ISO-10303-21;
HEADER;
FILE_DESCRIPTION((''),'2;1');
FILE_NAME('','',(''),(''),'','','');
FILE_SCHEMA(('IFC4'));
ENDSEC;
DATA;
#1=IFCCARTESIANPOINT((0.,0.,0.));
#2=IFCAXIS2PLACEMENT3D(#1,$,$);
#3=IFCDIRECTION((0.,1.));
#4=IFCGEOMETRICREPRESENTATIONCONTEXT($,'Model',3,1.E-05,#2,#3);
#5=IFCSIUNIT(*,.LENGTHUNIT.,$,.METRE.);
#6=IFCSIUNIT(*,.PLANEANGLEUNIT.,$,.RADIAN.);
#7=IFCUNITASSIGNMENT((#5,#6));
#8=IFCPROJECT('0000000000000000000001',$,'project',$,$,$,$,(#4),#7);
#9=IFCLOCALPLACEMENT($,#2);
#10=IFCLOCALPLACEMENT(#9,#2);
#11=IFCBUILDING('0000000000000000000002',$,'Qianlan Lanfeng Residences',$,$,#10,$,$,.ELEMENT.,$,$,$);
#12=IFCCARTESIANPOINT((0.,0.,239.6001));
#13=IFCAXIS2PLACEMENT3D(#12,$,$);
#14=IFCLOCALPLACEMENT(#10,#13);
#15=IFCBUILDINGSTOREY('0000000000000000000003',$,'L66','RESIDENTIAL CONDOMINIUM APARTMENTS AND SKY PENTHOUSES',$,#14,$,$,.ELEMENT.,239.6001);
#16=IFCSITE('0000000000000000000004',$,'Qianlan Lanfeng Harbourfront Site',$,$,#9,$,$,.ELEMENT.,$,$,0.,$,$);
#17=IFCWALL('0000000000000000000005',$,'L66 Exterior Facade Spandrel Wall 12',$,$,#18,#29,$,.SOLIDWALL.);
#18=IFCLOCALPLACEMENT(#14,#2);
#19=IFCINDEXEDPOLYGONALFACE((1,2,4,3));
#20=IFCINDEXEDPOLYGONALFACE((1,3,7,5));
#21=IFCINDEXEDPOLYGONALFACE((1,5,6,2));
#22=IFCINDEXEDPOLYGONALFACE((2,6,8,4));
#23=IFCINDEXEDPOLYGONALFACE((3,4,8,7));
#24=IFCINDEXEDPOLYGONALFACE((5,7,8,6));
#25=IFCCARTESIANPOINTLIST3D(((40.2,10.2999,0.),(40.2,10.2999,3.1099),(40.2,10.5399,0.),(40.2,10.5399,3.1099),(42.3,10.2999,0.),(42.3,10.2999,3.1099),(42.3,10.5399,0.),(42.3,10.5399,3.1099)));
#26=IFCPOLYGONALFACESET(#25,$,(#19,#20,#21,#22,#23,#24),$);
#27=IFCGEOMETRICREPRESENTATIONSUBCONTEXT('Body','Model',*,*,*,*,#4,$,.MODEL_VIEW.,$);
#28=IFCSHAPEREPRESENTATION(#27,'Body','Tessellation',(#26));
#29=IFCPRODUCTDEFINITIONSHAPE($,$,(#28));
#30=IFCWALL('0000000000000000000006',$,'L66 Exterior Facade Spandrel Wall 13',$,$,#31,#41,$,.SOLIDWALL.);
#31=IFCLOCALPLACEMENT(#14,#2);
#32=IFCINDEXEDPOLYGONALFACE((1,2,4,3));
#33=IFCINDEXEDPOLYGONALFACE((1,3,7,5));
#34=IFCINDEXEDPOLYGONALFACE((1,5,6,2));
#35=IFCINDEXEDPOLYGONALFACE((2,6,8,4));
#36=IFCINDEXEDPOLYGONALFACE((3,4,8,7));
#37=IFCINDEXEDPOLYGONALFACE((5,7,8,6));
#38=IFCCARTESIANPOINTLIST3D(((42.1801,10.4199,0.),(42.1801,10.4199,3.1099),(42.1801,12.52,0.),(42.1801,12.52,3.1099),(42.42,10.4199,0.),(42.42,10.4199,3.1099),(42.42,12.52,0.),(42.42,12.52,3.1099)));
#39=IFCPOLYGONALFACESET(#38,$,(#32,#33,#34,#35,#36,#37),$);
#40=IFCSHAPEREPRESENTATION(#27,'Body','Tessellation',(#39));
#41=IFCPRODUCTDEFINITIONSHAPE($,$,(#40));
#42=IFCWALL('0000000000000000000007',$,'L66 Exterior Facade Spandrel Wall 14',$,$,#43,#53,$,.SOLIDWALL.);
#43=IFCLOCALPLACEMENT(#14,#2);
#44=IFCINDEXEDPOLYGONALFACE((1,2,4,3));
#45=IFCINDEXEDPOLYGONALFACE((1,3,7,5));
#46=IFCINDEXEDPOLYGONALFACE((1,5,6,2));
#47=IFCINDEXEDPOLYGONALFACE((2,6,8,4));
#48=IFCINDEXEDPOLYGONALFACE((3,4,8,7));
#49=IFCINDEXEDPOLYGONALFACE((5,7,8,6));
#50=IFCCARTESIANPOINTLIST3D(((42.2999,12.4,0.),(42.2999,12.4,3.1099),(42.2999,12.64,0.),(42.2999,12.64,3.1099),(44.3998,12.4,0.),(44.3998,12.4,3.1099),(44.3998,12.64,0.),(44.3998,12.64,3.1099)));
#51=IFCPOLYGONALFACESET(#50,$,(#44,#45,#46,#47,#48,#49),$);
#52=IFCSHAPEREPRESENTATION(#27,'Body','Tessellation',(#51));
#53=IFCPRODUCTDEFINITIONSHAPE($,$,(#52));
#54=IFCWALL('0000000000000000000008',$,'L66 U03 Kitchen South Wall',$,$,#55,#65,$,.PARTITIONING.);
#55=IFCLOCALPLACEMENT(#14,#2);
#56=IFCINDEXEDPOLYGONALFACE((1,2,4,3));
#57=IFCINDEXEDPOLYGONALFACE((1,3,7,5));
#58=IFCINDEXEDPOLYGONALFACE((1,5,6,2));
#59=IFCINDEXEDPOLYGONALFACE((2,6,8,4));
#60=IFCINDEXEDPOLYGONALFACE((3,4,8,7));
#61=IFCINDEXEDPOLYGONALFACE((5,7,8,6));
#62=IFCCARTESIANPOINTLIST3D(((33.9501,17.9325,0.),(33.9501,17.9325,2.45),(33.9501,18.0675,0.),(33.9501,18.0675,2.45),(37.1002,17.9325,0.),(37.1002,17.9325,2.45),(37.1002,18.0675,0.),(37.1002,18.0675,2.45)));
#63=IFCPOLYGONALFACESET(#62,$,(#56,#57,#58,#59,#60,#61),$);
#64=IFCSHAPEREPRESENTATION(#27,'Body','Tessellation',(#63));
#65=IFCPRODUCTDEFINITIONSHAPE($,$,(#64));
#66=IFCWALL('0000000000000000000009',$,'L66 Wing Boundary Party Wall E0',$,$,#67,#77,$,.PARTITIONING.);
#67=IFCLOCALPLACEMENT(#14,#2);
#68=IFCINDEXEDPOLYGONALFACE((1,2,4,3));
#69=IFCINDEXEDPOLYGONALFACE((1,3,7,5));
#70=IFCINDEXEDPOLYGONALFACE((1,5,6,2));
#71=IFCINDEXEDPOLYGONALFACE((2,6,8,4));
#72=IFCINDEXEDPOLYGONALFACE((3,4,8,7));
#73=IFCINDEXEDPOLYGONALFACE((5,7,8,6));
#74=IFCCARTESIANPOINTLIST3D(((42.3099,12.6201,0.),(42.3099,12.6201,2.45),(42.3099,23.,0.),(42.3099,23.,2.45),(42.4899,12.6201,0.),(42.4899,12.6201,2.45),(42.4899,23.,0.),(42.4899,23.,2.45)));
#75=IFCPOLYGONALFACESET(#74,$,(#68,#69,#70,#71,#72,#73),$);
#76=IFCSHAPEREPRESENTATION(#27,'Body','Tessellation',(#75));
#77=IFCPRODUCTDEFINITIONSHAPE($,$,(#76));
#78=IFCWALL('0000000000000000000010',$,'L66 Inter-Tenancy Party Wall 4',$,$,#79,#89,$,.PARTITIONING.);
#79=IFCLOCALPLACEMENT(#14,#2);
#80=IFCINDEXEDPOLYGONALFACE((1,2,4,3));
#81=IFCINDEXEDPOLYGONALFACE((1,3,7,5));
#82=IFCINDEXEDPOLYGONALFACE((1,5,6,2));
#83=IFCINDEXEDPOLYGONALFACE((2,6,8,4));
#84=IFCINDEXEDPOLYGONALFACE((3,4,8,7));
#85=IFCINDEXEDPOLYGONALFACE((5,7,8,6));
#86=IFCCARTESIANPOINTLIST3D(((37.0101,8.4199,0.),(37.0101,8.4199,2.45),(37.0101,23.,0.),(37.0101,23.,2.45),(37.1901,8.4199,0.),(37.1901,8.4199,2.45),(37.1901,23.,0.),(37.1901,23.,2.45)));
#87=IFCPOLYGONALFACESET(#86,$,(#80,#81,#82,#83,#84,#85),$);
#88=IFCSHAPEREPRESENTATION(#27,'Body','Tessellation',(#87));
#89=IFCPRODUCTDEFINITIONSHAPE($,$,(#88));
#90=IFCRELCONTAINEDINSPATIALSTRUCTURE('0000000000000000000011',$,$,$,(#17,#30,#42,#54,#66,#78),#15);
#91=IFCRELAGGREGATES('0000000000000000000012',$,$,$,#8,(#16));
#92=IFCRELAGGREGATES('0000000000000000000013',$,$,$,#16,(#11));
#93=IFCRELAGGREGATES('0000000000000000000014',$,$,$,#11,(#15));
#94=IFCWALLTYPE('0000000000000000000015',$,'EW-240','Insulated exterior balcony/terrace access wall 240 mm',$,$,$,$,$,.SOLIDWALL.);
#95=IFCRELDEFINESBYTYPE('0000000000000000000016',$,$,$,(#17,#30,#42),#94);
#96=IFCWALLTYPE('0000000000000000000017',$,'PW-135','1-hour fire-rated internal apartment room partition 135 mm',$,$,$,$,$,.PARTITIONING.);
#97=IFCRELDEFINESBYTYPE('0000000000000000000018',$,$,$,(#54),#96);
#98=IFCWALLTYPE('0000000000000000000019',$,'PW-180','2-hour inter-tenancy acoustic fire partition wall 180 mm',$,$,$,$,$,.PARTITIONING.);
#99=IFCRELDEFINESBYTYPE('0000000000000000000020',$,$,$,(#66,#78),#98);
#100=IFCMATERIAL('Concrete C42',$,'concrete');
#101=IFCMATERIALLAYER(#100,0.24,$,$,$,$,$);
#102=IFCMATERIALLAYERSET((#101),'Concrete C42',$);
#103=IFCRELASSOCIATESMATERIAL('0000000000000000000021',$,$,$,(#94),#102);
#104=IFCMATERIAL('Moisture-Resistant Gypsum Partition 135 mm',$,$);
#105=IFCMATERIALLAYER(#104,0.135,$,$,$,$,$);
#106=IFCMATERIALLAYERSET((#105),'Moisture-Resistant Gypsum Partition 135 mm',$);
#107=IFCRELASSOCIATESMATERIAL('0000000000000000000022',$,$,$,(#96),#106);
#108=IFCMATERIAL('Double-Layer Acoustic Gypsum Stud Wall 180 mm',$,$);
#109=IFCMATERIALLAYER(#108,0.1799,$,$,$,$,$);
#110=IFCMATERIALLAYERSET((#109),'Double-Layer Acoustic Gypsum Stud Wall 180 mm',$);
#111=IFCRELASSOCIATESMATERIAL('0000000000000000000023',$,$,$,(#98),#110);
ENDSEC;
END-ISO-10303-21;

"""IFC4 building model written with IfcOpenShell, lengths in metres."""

from ifc_helpers import new_model, si_unit, direction, frame, frame_2d, origin, place, context, subcontext, project, spatial, rectangle, extrude, material, layer, layer_set, type_object, element, save


model = new_model("IFC4")

# Units and contexts
model_context = context("Model", 3, precision=1e-05, world=origin(), true_north=direction((0.0, 1.0)))
body_context = subcontext(model_context, "Body", "Model", "MODEL_VIEW")
ifc_project = project(units=[si_unit("LENGTHUNIT", "METRE"), si_unit("PLANEANGLEUNIT", "RADIAN")], contexts=[model_context])

# Site, building, storey
site_placement = place(None, origin())
site = spatial("IfcSite", under=ifc_project, at=site_placement, Name="Qianlan Lanfeng Harbourfront Site", CompositionType="ELEMENT", RefElevation=0.0)
building_placement = place(site_placement, origin())
building = spatial("IfcBuilding", under=site, at=building_placement, Name="Qianlan Lanfeng Residences", CompositionType="ELEMENT")
storey_placement = place(building_placement, frame((0.0, 0.0, 239.6001)))
storey = spatial("IfcBuildingStorey", under=building, at=storey_placement, Name="L66", Description="RESIDENTIAL CONDOMINIUM APARTMENTS AND SKY PENTHOUSES", CompositionType="ELEMENT", Elevation=239.6001)

# Walls
ifc_material_1 = material(Name="Concrete C42", Category="concrete")
ifc_layer_1 = layer(ifc_material_1, 0.24)
ifc_layer_set_1 = layer_set([ifc_layer_1], Name="Concrete C42")
wall_type_1 = type_object("IfcWallType", Name="EW-240", Description="Insulated exterior balcony/terrace access wall 240 mm", PredefinedType="SOLIDWALL", material=ifc_layer_set_1)
for number, where, z_axis, x_axis, name in (
    (1, (40.2, 10.4199, 0.0), (0.0, 0.0, 1.0), (1.0, 0.0, 0.0), "L66 Exterior Facade Spandrel Wall 12"),
    (2, (42.3, 10.4199, 0.0), (0.0, 0.0, 1.0), (0.0, 1.0, 0.0), "L66 Exterior Facade Spandrel Wall 13"),
):
    element("IfcWall", number, at=place(storey_placement, frame(where, z_axis=z_axis, x_axis=x_axis)), inside=storey, type_object=wall_type_1, Name=name, PredefinedType="SOLIDWALL", context=body_context, shape_type="SweptSolid", body=[
        extrude(rectangle(XDim=2.1001, YDim=0.24, at=frame_2d((1.05, 0.0))), origin(), (0.0, 0.0, 1.0), 3.1099),
    ])
wall_1_placement = place(storey_placement, frame((42.3, 12.52, 0.0), z_axis=(0.0, 0.0, 1.0), x_axis=(1.0, 0.0, 0.0)))
element("IfcWall", 3, at=wall_1_placement, inside=storey, type_object=wall_type_1, Name="L66 Exterior Facade Spandrel Wall 14", PredefinedType="SOLIDWALL", context=body_context, shape_type="SweptSolid", body=[
    extrude(rectangle(XDim=2.0999, YDim=0.24, at=frame_2d((1.0498, 0.0))), origin(), (0.0, 0.0, 1.0), 3.1099),
])

# Shared definitions
ifc_material_2 = material(Name="Moisture-Resistant Gypsum Partition 135 mm")
ifc_layer_2 = layer(ifc_material_2, 0.135)
ifc_layer_set_2 = layer_set([ifc_layer_2], Name="Moisture-Resistant Gypsum Partition 135 mm")
wall_type_2 = type_object("IfcWallType", Name="PW-135", Description="1-hour fire-rated internal apartment room partition 135 mm", PredefinedType="PARTITIONING", material=ifc_layer_set_2)

# Wall
wall_2_placement = place(storey_placement, frame((33.95, 18.0, 0.0), z_axis=(0.0, 0.0, 1.0), x_axis=(1.0, 0.0, 0.0)))
element("IfcWall", 4, at=wall_2_placement, inside=storey, type_object=wall_type_2, Name="L66 U03 Kitchen South Wall", PredefinedType="PARTITIONING", context=body_context, shape_type="SweptSolid", body=[
    extrude(rectangle(XDim=3.1501, YDim=0.135, at=frame_2d((1.5752, 0.0))), origin(), (0.0, 0.0, 1.0), 2.45),
])

# Walls
ifc_material_3 = material(Name="Double-Layer Acoustic Gypsum Stud Wall 180 mm")
ifc_layer_3 = layer(ifc_material_3, 0.1799)
ifc_layer_set_3 = layer_set([ifc_layer_3], Name="Double-Layer Acoustic Gypsum Stud Wall 180 mm")
wall_type_3 = type_object("IfcWallType", Name="PW-180", Description="2-hour inter-tenancy acoustic fire partition wall 180 mm", PredefinedType="PARTITIONING", material=ifc_layer_set_3)
wall_3_placement = place(storey_placement, frame((42.3999, 12.6201, 0.0), z_axis=(0.0, 0.0, 1.0), x_axis=(0.0, 1.0, 0.0)))
element("IfcWall", 5, at=wall_3_placement, inside=storey, type_object=wall_type_3, Name="L66 Wing Boundary Party Wall E0", PredefinedType="PARTITIONING", context=body_context, shape_type="SweptSolid", body=[
    extrude(rectangle(XDim=10.3799, YDim=0.1799, at=frame_2d((5.1899, 0.0))), origin(), (0.0, 0.0, 1.0), 2.45),
])
wall_4_placement = place(storey_placement, frame((37.1001, 8.4199, 0.0), z_axis=(0.0, 0.0, 1.0), x_axis=(0.0, 1.0, 0.0)))
element("IfcWall", 6, at=wall_4_placement, inside=storey, type_object=wall_type_3, Name="L66 Inter-Tenancy Party Wall 4", PredefinedType="PARTITIONING", context=body_context, shape_type="SweptSolid", body=[
    extrude(rectangle(XDim=14.5801, YDim=0.1799, at=frame_2d((7.29, 0.0))), origin(), (0.0, 0.0, 1.0), 2.45),
])

save(model, "model.ifc")
